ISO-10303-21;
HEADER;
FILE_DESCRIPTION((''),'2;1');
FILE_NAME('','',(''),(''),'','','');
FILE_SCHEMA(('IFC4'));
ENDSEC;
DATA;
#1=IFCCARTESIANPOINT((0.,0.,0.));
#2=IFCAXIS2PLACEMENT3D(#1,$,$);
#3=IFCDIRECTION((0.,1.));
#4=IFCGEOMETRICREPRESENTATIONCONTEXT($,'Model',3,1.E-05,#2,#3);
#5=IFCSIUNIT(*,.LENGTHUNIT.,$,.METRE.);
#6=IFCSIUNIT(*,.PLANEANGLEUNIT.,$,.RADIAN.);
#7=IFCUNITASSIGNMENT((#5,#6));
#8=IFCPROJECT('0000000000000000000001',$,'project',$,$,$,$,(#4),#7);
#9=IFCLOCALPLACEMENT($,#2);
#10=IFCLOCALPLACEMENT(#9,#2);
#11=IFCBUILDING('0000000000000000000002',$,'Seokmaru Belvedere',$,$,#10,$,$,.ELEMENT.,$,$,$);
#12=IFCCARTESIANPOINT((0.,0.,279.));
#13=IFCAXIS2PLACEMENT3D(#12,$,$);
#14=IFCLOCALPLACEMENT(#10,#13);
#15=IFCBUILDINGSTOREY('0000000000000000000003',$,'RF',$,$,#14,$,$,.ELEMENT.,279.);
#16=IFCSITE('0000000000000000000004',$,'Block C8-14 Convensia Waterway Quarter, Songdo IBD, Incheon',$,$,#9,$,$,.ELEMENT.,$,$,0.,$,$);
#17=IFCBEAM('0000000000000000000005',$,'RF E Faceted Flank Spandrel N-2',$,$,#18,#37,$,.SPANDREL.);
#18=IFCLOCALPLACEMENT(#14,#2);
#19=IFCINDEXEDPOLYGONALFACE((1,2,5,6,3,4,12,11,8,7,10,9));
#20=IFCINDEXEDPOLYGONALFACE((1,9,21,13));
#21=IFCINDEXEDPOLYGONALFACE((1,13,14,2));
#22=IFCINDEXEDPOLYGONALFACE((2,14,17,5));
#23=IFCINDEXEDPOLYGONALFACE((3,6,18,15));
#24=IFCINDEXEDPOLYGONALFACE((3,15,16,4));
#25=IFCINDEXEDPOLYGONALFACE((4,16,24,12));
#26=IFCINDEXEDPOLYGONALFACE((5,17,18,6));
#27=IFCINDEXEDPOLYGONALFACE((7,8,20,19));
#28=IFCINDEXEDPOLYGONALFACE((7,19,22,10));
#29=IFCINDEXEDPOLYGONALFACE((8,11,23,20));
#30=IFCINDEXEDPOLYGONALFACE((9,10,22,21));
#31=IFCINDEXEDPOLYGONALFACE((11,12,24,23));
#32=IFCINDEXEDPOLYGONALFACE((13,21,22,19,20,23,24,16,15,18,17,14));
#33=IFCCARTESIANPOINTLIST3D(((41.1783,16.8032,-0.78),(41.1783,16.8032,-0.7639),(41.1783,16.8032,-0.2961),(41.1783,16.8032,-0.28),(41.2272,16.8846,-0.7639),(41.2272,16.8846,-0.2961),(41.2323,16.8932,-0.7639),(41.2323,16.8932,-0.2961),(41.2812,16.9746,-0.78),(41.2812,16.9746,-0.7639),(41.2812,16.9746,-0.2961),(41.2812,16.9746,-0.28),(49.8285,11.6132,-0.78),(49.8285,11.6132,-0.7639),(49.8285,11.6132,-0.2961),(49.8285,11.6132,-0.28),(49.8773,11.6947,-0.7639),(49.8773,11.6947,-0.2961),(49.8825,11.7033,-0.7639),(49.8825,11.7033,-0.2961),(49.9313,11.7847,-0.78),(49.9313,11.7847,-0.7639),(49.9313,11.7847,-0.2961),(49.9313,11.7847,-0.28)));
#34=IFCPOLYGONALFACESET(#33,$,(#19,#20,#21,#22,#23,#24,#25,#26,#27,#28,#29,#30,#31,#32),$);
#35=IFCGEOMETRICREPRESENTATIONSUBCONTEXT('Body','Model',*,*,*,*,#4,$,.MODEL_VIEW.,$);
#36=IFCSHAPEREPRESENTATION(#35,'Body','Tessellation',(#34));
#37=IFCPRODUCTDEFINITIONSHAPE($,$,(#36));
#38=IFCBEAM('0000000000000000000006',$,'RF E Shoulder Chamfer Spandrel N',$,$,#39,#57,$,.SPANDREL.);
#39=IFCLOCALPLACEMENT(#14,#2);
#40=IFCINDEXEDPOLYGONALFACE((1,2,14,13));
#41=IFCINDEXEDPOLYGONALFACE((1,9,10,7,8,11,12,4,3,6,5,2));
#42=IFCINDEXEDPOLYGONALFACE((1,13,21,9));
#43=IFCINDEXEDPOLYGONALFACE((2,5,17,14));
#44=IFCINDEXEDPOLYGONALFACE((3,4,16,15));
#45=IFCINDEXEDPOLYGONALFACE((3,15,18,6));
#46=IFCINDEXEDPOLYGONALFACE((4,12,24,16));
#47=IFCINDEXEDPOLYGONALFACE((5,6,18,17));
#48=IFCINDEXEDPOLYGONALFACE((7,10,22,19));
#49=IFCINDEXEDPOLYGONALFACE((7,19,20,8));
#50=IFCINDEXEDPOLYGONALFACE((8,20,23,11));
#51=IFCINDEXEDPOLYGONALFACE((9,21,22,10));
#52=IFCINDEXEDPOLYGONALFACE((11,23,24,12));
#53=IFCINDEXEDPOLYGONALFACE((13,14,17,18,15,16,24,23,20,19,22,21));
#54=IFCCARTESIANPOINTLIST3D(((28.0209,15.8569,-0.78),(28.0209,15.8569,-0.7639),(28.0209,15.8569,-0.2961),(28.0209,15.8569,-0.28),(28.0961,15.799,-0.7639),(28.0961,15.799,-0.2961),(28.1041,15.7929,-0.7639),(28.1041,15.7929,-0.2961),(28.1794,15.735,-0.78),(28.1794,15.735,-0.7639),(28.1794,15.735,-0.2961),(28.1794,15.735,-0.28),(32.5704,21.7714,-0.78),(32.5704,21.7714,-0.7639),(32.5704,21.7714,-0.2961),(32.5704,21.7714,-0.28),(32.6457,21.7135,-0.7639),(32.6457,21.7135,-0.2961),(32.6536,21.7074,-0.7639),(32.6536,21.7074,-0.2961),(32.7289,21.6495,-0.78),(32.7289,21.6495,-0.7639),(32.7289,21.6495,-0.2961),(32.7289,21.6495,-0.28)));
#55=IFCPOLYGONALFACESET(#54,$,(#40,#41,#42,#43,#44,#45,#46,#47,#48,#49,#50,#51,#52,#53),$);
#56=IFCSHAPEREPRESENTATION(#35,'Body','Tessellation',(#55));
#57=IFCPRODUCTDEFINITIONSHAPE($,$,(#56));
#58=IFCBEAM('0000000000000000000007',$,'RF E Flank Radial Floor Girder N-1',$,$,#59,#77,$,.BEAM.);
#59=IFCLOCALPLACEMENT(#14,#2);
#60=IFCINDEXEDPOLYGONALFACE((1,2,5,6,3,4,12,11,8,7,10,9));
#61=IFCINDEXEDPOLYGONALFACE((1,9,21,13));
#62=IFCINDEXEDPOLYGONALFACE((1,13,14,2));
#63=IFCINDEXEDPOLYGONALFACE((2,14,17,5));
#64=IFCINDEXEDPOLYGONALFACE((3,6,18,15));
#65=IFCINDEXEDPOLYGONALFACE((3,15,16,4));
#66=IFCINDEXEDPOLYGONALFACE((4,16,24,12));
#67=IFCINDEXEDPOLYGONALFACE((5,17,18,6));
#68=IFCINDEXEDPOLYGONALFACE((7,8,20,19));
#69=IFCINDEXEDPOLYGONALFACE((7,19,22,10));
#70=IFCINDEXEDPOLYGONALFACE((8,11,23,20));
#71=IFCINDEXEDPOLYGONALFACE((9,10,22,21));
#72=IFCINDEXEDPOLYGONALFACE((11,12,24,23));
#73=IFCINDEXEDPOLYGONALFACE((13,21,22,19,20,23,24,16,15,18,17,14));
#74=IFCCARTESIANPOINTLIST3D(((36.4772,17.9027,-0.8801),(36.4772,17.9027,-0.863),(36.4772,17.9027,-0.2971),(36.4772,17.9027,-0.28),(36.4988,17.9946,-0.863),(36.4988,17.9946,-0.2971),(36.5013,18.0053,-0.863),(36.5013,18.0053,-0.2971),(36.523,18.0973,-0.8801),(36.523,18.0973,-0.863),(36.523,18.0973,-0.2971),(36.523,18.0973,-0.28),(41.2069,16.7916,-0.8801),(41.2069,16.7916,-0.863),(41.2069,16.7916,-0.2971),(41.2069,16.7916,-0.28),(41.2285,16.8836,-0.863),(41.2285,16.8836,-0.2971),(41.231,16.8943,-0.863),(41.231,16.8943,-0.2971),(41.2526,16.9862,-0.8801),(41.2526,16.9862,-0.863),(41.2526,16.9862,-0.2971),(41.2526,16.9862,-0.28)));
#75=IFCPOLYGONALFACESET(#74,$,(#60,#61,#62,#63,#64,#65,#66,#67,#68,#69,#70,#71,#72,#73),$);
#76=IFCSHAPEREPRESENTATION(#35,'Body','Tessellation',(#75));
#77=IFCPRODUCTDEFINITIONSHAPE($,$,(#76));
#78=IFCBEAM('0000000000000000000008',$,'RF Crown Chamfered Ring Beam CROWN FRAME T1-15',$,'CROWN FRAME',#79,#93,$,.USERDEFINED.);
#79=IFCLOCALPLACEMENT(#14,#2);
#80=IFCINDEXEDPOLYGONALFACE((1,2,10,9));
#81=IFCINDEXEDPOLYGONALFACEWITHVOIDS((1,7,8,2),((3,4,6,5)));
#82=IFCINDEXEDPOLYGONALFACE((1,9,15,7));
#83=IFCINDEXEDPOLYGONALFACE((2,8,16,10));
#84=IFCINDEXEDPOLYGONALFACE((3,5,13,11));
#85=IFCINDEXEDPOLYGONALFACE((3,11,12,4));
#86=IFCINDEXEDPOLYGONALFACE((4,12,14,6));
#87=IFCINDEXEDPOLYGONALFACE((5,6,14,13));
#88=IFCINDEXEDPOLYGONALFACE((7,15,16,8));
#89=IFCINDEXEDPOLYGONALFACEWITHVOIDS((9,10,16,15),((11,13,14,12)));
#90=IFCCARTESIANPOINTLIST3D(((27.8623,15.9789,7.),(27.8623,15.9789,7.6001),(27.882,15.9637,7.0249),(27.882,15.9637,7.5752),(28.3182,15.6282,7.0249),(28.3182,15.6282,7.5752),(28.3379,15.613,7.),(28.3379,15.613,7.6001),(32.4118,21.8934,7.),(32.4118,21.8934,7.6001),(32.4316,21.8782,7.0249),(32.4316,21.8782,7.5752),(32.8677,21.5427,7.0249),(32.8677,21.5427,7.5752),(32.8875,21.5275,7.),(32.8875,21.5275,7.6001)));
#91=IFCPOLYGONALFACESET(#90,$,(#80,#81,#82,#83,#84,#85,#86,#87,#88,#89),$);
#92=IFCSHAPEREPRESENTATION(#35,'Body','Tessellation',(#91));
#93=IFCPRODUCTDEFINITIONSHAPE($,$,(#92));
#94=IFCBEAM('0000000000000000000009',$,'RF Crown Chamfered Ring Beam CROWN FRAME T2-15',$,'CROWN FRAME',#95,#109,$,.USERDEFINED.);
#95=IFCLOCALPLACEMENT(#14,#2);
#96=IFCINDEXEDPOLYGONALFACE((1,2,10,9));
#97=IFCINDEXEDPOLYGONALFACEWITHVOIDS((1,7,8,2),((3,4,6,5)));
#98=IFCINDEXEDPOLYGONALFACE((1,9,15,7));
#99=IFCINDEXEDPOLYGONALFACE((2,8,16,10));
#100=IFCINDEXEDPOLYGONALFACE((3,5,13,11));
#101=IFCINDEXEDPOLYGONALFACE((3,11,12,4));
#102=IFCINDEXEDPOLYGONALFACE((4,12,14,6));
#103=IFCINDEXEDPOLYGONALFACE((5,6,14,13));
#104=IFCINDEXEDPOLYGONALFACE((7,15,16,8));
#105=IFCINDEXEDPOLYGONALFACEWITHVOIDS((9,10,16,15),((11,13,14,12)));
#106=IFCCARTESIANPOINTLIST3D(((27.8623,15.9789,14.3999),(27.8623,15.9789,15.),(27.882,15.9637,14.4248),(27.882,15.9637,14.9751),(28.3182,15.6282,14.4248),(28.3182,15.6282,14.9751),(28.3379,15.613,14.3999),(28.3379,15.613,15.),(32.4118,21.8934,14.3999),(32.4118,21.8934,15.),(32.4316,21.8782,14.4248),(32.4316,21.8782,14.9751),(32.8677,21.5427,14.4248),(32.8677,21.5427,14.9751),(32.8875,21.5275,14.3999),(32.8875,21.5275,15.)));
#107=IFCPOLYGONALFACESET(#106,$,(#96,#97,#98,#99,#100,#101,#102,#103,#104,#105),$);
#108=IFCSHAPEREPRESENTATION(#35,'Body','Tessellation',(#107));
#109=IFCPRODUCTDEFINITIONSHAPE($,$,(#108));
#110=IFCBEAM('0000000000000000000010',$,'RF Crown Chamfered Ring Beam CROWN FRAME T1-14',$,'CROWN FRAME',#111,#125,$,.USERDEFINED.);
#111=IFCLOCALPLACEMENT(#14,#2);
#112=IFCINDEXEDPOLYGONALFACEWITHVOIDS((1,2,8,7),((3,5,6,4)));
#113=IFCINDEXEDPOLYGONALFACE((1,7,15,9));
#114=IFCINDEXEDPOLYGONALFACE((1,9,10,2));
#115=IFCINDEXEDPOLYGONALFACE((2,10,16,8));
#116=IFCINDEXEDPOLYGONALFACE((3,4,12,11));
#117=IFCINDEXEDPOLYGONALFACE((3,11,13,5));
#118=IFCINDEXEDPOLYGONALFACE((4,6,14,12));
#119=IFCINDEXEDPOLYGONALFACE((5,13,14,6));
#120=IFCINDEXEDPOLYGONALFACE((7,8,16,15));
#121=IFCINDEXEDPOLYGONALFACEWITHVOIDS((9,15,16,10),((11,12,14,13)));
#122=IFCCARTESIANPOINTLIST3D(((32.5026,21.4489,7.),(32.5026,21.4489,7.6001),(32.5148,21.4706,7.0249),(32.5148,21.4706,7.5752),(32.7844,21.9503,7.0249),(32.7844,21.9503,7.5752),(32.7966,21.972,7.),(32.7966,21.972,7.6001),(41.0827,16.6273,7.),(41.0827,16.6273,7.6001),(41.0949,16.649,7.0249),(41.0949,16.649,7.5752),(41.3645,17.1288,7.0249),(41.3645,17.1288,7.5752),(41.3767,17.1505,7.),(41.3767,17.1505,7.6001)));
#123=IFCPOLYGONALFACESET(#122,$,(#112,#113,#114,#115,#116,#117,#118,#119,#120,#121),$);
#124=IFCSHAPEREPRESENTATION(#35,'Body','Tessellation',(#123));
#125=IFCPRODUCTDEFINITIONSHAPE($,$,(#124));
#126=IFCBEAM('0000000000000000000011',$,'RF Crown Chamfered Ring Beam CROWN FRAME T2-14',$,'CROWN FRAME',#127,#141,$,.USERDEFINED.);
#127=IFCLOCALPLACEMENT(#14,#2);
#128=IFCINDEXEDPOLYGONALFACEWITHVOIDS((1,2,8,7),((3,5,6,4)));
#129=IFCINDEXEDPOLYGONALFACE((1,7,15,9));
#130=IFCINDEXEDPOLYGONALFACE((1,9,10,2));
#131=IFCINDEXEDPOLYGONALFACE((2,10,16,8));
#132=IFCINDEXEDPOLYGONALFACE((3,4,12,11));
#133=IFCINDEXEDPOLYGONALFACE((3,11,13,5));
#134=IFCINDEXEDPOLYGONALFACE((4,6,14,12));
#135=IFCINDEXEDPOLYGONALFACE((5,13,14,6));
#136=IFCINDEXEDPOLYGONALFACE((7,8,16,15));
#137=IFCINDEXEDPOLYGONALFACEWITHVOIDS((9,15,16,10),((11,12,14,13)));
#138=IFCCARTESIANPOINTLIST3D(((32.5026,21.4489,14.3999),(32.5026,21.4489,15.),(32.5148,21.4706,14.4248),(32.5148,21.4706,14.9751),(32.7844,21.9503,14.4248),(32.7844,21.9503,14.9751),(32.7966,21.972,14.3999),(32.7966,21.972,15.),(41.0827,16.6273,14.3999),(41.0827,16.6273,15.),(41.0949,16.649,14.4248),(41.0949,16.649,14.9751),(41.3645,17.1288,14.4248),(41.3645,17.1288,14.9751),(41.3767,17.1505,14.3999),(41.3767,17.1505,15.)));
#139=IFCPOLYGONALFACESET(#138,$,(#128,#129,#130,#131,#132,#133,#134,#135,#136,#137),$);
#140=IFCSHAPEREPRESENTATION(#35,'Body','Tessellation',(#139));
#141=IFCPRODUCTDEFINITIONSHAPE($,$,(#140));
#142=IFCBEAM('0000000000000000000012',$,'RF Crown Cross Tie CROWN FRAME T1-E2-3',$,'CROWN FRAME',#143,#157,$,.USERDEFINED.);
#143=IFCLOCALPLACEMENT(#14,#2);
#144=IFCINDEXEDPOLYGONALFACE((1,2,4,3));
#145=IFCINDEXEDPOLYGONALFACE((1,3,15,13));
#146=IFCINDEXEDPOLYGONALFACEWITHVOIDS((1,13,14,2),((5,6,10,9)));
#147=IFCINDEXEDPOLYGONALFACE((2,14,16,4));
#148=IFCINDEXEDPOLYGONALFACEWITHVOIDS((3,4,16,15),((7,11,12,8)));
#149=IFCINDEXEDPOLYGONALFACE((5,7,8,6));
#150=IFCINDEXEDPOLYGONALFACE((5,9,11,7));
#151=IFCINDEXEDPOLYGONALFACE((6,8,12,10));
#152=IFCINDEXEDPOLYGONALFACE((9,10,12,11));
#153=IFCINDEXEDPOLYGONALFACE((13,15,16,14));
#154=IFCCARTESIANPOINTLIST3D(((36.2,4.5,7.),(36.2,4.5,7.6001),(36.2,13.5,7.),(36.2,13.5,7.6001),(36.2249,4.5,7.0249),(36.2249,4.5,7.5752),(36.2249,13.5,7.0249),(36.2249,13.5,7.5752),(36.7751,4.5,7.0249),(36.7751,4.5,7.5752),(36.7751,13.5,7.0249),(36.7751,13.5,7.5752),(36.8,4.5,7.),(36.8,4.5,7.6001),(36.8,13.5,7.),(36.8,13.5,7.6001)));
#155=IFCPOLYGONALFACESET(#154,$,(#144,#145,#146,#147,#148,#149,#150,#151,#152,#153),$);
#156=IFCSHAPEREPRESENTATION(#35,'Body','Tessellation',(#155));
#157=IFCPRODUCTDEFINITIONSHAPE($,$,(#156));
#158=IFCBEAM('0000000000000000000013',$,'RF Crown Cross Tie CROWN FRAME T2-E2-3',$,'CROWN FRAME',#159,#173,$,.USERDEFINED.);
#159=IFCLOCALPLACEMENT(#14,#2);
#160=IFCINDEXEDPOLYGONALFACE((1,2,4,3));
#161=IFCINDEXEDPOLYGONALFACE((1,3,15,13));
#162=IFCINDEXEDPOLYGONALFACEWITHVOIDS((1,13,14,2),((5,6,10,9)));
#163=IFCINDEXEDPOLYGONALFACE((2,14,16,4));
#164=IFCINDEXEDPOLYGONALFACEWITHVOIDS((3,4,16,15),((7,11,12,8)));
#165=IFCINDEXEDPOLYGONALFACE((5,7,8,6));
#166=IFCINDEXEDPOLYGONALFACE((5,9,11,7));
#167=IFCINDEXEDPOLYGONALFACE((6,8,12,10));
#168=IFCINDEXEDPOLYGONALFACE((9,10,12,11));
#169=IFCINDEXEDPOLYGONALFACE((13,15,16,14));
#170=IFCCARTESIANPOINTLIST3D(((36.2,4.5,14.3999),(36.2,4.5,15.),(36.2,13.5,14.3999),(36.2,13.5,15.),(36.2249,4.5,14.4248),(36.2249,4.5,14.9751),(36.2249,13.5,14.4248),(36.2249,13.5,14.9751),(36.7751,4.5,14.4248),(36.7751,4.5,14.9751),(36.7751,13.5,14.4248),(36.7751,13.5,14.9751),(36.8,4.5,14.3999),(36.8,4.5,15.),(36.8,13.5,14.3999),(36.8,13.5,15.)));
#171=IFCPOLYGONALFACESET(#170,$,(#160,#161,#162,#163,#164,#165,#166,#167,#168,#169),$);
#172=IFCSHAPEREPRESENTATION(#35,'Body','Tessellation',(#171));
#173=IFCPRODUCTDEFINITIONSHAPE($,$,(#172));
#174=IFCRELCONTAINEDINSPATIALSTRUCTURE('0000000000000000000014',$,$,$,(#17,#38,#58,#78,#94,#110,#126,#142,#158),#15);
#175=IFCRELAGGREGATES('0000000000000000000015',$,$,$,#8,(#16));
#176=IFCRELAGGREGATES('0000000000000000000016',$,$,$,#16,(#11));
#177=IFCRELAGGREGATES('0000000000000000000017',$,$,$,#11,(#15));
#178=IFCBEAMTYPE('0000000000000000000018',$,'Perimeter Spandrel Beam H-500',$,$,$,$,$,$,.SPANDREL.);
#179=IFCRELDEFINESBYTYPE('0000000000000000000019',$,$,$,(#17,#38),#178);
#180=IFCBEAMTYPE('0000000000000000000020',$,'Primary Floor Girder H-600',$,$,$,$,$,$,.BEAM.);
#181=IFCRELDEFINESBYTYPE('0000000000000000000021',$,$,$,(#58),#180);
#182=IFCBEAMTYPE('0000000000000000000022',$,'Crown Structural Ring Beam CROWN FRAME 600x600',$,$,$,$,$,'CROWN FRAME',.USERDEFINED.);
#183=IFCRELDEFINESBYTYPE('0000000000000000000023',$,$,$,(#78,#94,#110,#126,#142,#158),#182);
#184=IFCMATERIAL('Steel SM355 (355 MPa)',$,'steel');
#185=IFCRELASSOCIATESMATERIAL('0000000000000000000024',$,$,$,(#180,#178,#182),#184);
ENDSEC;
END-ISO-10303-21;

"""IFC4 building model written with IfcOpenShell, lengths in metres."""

from ifc_helpers import new_model, si_unit, direction, frame, origin, origin_2d, place, context, subcontext, project, spatial, hollow_rectangle, i_section, extrude, source, transform, mapped, material, material_profile, profile_set, type_object, element, save


model = new_model("IFC4")

# Units and contexts
model_context = context("Model", 3, precision=1e-05, world=origin(), true_north=direction((0.0, 1.0)))
body_context = subcontext(model_context, "Body", "Model", "MODEL_VIEW")
ifc_project = project(units=[si_unit("LENGTHUNIT", "METRE"), si_unit("PLANEANGLEUNIT", "RADIAN")], contexts=[model_context])

# Site, building, storey
site_placement = place(None, origin())
site = spatial("IfcSite", under=ifc_project, at=site_placement, Name="Block C8-14 Convensia Waterway Quarter, Songdo IBD, Incheon", CompositionType="ELEMENT", RefElevation=0.0)
building_placement = place(site_placement, origin())
building = spatial("IfcBuilding", under=site, at=building_placement, Name="Seokmaru Belvedere", CompositionType="ELEMENT")
storey_placement = place(building_placement, frame((0.0, 0.0, 279.0)))
storey = spatial("IfcBuildingStorey", under=building, at=storey_placement, Name="RF", CompositionType="ELEMENT", Elevation=279.0)

# Shared definitions
ifc_material_1 = material(Name="Steel SM355 (355 MPa)", Category="steel")

# Beams
ifc_material_profile_1 = material_profile(ifc_material_1, i_section(OverallWidth=0.2, OverallDepth=0.6001, WebThickness=0.011, FlangeThickness=0.0171, at=origin_2d()), Name="H-600x200x11x17")
ifc_profile_set_1 = profile_set([ifc_material_profile_1], Name="Steel SM355 (355 MPa)")
beam_type_1 = type_object("IfcBeamType", Name="Primary Floor Girder H-600", PredefinedType="BEAM", material=ifc_profile_set_1)
ifc_material_profile_2 = material_profile(ifc_material_1, i_section(OverallWidth=0.2, OverallDepth=0.5, WebThickness=0.01, FlangeThickness=0.0161, at=origin_2d()), Name="H-500x200x10x16")
ifc_profile_set_2 = profile_set([ifc_material_profile_2], Name="Steel SM355 (355 MPa)")
beam_type_2 = type_object("IfcBeamType", Name="Perimeter Spandrel Beam H-500", PredefinedType="SPANDREL", material=ifc_profile_set_2)
shared_shape_1 = source(origin(), body_context, "Body", "SweptSolid", [
    extrude(i_section(OverallWidth=0.2, OverallDepth=0.5, WebThickness=0.01, FlangeThickness=0.0161, at=origin_2d()), origin(), (0.0, 0.0, 1.0), 10.0876),
])
beam_1_placement = place(storey_placement, frame((41.2297, 16.8889, -0.53), z_axis=(0.857499, -0.514485, 0.0), x_axis=(0.514485, 0.857499, 0.0)))
element("IfcBeam", 1, at=beam_1_placement, inside=storey, type_object=beam_type_2, Name="RF E Faceted Flank Spandrel N-2", PredefinedType="SPANDREL", context=body_context, shape_type="MappedRepresentation", body=[
    mapped(shared_shape_1, transform((0.0, 0.0, 0.0), scale=1.0)),
])
shared_shape_2 = source(origin(), body_context, "Body", "SweptSolid", [
    extrude(i_section(OverallWidth=0.2, OverallDepth=0.5, WebThickness=0.01, FlangeThickness=0.0161, at=origin_2d()), origin(), (0.0, 0.0, 1.0), 7.4619),
])
beam_2_placement = place(storey_placement, frame((32.6497, 21.7104, -0.53), z_axis=(-0.609703, -0.79263, 0.0), x_axis=(0.79263, -0.609703, 0.0)))
element("IfcBeam", 2, at=beam_2_placement, inside=storey, type_object=beam_type_2, Name="RF E Shoulder Chamfer Spandrel N", PredefinedType="SPANDREL", context=body_context, shape_type="MappedRepresentation", body=[
    mapped(shared_shape_2, transform((0.0, 0.0, 0.0), scale=1.0)),
])
shared_shape_3 = source(origin(), body_context, "Body", "SweptSolid", [
    extrude(i_section(OverallWidth=0.2, OverallDepth=0.6001, WebThickness=0.011, FlangeThickness=0.0171, at=origin_2d()), origin(), (0.0, 0.0, 1.0), 4.8584),
])
beam_3_placement = place(storey_placement, frame((41.2297, 16.8889, -0.5801), z_axis=(-0.973499, 0.228689, 0.0), x_axis=(-0.228689, -0.973499, 0.0)))
element("IfcBeam", 3, at=beam_3_placement, inside=storey, type_object=beam_type_1, Name="RF E Flank Radial Floor Girder N-1", PredefinedType="BEAM", context=body_context, shape_type="MappedRepresentation", body=[
    mapped(shared_shape_3, transform((0.0, 0.0, 0.0), scale=1.0)),
])
ifc_material_profile_3 = material_profile(ifc_material_1, hollow_rectangle(XDim=0.6001, YDim=0.6001, WallThickness=0.0249, at=origin_2d()), Name="HSS-600x600x25")
ifc_profile_set_3 = profile_set([ifc_material_profile_3], Name="Steel SM355 (355 MPa)")
beam_type_3 = type_object("IfcBeamType", Name="Crown Structural Ring Beam CROWN FRAME 600x600", ElementType="CROWN FRAME", PredefinedType="USERDEFINED", material=ifc_profile_set_3)
shared_shape_4 = source(origin(), body_context, "Body", "SweptSolid", [
    extrude(hollow_rectangle(XDim=0.6001, YDim=0.6001, WallThickness=0.0249, at=origin_2d()), origin(), (0.0, 0.0, 1.0), 7.4619),
])
for number, where, z_axis, x_axis, name in (
    (4, (32.6497, 21.7104, 7.3), (-0.609703, -0.79263, 0.0), (0.79263, -0.609703, 0.0), "RF Crown Chamfered Ring Beam CROWN FRAME T1-15"),
    (5, (32.6497, 21.7104, 14.7), (-0.609703, -0.79263, 0.0), (0.79263, -0.609703, 0.0), "RF Crown Chamfered Ring Beam CROWN FRAME T2-15"),
):
    element("IfcBeam", number, at=place(storey_placement, frame(where, z_axis=z_axis, x_axis=x_axis)), inside=storey, type_object=beam_type_3, Name=name, ObjectType="CROWN FRAME", PredefinedType="USERDEFINED", context=body_context, shape_type="MappedRepresentation", body=[
        mapped(shared_shape_4, transform((0.0, 0.0, 0.0), scale=1.0)),
    ])
shared_shape_5 = source(origin(), body_context, "Body", "SweptSolid", [
    extrude(hollow_rectangle(XDim=0.6001, YDim=0.6001, WallThickness=0.0249, at=origin_2d()), origin(), (0.0, 0.0, 1.0), 9.842),
])
for number, where, z_axis, x_axis, name in (
    (6, (41.2297, 16.8889, 7.3), (-0.871782, 0.489894, 0.0), (-0.489894, -0.871782, 0.0), "RF Crown Chamfered Ring Beam CROWN FRAME T1-14"),
    (7, (41.2297, 16.8889, 14.7), (-0.871782, 0.489894, 0.0), (-0.489894, -0.871782, 0.0), "RF Crown Chamfered Ring Beam CROWN FRAME T2-14"),
):
    element("IfcBeam", number, at=place(storey_placement, frame(where, z_axis=z_axis, x_axis=x_axis)), inside=storey, type_object=beam_type_3, Name=name, ObjectType="CROWN FRAME", PredefinedType="USERDEFINED", context=body_context, shape_type="MappedRepresentation", body=[
        mapped(shared_shape_5, transform((0.0, 0.0, 0.0), scale=1.0)),
    ])
shared_shape_6 = source(origin(), body_context, "Body", "SweptSolid", [
    extrude(hollow_rectangle(XDim=0.6001, YDim=0.6001, WallThickness=0.0249, at=origin_2d()), origin(), (0.0, 0.0, 1.0), 9.0),
])
for number, where, z_axis, x_axis, name in (
    (8, (36.5, 4.5, 7.3), (0.0, 1.0, 0.0), (-1.0, 0.0, 0.0), "RF Crown Cross Tie CROWN FRAME T1-E2-3"),
    (9, (36.5, 4.5, 14.7), (0.0, 1.0, 0.0), (-1.0, 0.0, 0.0), "RF Crown Cross Tie CROWN FRAME T2-E2-3"),
):
    element("IfcBeam", number, at=place(storey_placement, frame(where, z_axis=z_axis, x_axis=x_axis)), inside=storey, type_object=beam_type_3, Name=name, ObjectType="CROWN FRAME", PredefinedType="USERDEFINED", context=body_context, shape_type="MappedRepresentation", body=[
        mapped(shared_shape_6, transform((0.0, 0.0, 0.0), scale=1.0)),
    ])

save(model, "model.ifc")
